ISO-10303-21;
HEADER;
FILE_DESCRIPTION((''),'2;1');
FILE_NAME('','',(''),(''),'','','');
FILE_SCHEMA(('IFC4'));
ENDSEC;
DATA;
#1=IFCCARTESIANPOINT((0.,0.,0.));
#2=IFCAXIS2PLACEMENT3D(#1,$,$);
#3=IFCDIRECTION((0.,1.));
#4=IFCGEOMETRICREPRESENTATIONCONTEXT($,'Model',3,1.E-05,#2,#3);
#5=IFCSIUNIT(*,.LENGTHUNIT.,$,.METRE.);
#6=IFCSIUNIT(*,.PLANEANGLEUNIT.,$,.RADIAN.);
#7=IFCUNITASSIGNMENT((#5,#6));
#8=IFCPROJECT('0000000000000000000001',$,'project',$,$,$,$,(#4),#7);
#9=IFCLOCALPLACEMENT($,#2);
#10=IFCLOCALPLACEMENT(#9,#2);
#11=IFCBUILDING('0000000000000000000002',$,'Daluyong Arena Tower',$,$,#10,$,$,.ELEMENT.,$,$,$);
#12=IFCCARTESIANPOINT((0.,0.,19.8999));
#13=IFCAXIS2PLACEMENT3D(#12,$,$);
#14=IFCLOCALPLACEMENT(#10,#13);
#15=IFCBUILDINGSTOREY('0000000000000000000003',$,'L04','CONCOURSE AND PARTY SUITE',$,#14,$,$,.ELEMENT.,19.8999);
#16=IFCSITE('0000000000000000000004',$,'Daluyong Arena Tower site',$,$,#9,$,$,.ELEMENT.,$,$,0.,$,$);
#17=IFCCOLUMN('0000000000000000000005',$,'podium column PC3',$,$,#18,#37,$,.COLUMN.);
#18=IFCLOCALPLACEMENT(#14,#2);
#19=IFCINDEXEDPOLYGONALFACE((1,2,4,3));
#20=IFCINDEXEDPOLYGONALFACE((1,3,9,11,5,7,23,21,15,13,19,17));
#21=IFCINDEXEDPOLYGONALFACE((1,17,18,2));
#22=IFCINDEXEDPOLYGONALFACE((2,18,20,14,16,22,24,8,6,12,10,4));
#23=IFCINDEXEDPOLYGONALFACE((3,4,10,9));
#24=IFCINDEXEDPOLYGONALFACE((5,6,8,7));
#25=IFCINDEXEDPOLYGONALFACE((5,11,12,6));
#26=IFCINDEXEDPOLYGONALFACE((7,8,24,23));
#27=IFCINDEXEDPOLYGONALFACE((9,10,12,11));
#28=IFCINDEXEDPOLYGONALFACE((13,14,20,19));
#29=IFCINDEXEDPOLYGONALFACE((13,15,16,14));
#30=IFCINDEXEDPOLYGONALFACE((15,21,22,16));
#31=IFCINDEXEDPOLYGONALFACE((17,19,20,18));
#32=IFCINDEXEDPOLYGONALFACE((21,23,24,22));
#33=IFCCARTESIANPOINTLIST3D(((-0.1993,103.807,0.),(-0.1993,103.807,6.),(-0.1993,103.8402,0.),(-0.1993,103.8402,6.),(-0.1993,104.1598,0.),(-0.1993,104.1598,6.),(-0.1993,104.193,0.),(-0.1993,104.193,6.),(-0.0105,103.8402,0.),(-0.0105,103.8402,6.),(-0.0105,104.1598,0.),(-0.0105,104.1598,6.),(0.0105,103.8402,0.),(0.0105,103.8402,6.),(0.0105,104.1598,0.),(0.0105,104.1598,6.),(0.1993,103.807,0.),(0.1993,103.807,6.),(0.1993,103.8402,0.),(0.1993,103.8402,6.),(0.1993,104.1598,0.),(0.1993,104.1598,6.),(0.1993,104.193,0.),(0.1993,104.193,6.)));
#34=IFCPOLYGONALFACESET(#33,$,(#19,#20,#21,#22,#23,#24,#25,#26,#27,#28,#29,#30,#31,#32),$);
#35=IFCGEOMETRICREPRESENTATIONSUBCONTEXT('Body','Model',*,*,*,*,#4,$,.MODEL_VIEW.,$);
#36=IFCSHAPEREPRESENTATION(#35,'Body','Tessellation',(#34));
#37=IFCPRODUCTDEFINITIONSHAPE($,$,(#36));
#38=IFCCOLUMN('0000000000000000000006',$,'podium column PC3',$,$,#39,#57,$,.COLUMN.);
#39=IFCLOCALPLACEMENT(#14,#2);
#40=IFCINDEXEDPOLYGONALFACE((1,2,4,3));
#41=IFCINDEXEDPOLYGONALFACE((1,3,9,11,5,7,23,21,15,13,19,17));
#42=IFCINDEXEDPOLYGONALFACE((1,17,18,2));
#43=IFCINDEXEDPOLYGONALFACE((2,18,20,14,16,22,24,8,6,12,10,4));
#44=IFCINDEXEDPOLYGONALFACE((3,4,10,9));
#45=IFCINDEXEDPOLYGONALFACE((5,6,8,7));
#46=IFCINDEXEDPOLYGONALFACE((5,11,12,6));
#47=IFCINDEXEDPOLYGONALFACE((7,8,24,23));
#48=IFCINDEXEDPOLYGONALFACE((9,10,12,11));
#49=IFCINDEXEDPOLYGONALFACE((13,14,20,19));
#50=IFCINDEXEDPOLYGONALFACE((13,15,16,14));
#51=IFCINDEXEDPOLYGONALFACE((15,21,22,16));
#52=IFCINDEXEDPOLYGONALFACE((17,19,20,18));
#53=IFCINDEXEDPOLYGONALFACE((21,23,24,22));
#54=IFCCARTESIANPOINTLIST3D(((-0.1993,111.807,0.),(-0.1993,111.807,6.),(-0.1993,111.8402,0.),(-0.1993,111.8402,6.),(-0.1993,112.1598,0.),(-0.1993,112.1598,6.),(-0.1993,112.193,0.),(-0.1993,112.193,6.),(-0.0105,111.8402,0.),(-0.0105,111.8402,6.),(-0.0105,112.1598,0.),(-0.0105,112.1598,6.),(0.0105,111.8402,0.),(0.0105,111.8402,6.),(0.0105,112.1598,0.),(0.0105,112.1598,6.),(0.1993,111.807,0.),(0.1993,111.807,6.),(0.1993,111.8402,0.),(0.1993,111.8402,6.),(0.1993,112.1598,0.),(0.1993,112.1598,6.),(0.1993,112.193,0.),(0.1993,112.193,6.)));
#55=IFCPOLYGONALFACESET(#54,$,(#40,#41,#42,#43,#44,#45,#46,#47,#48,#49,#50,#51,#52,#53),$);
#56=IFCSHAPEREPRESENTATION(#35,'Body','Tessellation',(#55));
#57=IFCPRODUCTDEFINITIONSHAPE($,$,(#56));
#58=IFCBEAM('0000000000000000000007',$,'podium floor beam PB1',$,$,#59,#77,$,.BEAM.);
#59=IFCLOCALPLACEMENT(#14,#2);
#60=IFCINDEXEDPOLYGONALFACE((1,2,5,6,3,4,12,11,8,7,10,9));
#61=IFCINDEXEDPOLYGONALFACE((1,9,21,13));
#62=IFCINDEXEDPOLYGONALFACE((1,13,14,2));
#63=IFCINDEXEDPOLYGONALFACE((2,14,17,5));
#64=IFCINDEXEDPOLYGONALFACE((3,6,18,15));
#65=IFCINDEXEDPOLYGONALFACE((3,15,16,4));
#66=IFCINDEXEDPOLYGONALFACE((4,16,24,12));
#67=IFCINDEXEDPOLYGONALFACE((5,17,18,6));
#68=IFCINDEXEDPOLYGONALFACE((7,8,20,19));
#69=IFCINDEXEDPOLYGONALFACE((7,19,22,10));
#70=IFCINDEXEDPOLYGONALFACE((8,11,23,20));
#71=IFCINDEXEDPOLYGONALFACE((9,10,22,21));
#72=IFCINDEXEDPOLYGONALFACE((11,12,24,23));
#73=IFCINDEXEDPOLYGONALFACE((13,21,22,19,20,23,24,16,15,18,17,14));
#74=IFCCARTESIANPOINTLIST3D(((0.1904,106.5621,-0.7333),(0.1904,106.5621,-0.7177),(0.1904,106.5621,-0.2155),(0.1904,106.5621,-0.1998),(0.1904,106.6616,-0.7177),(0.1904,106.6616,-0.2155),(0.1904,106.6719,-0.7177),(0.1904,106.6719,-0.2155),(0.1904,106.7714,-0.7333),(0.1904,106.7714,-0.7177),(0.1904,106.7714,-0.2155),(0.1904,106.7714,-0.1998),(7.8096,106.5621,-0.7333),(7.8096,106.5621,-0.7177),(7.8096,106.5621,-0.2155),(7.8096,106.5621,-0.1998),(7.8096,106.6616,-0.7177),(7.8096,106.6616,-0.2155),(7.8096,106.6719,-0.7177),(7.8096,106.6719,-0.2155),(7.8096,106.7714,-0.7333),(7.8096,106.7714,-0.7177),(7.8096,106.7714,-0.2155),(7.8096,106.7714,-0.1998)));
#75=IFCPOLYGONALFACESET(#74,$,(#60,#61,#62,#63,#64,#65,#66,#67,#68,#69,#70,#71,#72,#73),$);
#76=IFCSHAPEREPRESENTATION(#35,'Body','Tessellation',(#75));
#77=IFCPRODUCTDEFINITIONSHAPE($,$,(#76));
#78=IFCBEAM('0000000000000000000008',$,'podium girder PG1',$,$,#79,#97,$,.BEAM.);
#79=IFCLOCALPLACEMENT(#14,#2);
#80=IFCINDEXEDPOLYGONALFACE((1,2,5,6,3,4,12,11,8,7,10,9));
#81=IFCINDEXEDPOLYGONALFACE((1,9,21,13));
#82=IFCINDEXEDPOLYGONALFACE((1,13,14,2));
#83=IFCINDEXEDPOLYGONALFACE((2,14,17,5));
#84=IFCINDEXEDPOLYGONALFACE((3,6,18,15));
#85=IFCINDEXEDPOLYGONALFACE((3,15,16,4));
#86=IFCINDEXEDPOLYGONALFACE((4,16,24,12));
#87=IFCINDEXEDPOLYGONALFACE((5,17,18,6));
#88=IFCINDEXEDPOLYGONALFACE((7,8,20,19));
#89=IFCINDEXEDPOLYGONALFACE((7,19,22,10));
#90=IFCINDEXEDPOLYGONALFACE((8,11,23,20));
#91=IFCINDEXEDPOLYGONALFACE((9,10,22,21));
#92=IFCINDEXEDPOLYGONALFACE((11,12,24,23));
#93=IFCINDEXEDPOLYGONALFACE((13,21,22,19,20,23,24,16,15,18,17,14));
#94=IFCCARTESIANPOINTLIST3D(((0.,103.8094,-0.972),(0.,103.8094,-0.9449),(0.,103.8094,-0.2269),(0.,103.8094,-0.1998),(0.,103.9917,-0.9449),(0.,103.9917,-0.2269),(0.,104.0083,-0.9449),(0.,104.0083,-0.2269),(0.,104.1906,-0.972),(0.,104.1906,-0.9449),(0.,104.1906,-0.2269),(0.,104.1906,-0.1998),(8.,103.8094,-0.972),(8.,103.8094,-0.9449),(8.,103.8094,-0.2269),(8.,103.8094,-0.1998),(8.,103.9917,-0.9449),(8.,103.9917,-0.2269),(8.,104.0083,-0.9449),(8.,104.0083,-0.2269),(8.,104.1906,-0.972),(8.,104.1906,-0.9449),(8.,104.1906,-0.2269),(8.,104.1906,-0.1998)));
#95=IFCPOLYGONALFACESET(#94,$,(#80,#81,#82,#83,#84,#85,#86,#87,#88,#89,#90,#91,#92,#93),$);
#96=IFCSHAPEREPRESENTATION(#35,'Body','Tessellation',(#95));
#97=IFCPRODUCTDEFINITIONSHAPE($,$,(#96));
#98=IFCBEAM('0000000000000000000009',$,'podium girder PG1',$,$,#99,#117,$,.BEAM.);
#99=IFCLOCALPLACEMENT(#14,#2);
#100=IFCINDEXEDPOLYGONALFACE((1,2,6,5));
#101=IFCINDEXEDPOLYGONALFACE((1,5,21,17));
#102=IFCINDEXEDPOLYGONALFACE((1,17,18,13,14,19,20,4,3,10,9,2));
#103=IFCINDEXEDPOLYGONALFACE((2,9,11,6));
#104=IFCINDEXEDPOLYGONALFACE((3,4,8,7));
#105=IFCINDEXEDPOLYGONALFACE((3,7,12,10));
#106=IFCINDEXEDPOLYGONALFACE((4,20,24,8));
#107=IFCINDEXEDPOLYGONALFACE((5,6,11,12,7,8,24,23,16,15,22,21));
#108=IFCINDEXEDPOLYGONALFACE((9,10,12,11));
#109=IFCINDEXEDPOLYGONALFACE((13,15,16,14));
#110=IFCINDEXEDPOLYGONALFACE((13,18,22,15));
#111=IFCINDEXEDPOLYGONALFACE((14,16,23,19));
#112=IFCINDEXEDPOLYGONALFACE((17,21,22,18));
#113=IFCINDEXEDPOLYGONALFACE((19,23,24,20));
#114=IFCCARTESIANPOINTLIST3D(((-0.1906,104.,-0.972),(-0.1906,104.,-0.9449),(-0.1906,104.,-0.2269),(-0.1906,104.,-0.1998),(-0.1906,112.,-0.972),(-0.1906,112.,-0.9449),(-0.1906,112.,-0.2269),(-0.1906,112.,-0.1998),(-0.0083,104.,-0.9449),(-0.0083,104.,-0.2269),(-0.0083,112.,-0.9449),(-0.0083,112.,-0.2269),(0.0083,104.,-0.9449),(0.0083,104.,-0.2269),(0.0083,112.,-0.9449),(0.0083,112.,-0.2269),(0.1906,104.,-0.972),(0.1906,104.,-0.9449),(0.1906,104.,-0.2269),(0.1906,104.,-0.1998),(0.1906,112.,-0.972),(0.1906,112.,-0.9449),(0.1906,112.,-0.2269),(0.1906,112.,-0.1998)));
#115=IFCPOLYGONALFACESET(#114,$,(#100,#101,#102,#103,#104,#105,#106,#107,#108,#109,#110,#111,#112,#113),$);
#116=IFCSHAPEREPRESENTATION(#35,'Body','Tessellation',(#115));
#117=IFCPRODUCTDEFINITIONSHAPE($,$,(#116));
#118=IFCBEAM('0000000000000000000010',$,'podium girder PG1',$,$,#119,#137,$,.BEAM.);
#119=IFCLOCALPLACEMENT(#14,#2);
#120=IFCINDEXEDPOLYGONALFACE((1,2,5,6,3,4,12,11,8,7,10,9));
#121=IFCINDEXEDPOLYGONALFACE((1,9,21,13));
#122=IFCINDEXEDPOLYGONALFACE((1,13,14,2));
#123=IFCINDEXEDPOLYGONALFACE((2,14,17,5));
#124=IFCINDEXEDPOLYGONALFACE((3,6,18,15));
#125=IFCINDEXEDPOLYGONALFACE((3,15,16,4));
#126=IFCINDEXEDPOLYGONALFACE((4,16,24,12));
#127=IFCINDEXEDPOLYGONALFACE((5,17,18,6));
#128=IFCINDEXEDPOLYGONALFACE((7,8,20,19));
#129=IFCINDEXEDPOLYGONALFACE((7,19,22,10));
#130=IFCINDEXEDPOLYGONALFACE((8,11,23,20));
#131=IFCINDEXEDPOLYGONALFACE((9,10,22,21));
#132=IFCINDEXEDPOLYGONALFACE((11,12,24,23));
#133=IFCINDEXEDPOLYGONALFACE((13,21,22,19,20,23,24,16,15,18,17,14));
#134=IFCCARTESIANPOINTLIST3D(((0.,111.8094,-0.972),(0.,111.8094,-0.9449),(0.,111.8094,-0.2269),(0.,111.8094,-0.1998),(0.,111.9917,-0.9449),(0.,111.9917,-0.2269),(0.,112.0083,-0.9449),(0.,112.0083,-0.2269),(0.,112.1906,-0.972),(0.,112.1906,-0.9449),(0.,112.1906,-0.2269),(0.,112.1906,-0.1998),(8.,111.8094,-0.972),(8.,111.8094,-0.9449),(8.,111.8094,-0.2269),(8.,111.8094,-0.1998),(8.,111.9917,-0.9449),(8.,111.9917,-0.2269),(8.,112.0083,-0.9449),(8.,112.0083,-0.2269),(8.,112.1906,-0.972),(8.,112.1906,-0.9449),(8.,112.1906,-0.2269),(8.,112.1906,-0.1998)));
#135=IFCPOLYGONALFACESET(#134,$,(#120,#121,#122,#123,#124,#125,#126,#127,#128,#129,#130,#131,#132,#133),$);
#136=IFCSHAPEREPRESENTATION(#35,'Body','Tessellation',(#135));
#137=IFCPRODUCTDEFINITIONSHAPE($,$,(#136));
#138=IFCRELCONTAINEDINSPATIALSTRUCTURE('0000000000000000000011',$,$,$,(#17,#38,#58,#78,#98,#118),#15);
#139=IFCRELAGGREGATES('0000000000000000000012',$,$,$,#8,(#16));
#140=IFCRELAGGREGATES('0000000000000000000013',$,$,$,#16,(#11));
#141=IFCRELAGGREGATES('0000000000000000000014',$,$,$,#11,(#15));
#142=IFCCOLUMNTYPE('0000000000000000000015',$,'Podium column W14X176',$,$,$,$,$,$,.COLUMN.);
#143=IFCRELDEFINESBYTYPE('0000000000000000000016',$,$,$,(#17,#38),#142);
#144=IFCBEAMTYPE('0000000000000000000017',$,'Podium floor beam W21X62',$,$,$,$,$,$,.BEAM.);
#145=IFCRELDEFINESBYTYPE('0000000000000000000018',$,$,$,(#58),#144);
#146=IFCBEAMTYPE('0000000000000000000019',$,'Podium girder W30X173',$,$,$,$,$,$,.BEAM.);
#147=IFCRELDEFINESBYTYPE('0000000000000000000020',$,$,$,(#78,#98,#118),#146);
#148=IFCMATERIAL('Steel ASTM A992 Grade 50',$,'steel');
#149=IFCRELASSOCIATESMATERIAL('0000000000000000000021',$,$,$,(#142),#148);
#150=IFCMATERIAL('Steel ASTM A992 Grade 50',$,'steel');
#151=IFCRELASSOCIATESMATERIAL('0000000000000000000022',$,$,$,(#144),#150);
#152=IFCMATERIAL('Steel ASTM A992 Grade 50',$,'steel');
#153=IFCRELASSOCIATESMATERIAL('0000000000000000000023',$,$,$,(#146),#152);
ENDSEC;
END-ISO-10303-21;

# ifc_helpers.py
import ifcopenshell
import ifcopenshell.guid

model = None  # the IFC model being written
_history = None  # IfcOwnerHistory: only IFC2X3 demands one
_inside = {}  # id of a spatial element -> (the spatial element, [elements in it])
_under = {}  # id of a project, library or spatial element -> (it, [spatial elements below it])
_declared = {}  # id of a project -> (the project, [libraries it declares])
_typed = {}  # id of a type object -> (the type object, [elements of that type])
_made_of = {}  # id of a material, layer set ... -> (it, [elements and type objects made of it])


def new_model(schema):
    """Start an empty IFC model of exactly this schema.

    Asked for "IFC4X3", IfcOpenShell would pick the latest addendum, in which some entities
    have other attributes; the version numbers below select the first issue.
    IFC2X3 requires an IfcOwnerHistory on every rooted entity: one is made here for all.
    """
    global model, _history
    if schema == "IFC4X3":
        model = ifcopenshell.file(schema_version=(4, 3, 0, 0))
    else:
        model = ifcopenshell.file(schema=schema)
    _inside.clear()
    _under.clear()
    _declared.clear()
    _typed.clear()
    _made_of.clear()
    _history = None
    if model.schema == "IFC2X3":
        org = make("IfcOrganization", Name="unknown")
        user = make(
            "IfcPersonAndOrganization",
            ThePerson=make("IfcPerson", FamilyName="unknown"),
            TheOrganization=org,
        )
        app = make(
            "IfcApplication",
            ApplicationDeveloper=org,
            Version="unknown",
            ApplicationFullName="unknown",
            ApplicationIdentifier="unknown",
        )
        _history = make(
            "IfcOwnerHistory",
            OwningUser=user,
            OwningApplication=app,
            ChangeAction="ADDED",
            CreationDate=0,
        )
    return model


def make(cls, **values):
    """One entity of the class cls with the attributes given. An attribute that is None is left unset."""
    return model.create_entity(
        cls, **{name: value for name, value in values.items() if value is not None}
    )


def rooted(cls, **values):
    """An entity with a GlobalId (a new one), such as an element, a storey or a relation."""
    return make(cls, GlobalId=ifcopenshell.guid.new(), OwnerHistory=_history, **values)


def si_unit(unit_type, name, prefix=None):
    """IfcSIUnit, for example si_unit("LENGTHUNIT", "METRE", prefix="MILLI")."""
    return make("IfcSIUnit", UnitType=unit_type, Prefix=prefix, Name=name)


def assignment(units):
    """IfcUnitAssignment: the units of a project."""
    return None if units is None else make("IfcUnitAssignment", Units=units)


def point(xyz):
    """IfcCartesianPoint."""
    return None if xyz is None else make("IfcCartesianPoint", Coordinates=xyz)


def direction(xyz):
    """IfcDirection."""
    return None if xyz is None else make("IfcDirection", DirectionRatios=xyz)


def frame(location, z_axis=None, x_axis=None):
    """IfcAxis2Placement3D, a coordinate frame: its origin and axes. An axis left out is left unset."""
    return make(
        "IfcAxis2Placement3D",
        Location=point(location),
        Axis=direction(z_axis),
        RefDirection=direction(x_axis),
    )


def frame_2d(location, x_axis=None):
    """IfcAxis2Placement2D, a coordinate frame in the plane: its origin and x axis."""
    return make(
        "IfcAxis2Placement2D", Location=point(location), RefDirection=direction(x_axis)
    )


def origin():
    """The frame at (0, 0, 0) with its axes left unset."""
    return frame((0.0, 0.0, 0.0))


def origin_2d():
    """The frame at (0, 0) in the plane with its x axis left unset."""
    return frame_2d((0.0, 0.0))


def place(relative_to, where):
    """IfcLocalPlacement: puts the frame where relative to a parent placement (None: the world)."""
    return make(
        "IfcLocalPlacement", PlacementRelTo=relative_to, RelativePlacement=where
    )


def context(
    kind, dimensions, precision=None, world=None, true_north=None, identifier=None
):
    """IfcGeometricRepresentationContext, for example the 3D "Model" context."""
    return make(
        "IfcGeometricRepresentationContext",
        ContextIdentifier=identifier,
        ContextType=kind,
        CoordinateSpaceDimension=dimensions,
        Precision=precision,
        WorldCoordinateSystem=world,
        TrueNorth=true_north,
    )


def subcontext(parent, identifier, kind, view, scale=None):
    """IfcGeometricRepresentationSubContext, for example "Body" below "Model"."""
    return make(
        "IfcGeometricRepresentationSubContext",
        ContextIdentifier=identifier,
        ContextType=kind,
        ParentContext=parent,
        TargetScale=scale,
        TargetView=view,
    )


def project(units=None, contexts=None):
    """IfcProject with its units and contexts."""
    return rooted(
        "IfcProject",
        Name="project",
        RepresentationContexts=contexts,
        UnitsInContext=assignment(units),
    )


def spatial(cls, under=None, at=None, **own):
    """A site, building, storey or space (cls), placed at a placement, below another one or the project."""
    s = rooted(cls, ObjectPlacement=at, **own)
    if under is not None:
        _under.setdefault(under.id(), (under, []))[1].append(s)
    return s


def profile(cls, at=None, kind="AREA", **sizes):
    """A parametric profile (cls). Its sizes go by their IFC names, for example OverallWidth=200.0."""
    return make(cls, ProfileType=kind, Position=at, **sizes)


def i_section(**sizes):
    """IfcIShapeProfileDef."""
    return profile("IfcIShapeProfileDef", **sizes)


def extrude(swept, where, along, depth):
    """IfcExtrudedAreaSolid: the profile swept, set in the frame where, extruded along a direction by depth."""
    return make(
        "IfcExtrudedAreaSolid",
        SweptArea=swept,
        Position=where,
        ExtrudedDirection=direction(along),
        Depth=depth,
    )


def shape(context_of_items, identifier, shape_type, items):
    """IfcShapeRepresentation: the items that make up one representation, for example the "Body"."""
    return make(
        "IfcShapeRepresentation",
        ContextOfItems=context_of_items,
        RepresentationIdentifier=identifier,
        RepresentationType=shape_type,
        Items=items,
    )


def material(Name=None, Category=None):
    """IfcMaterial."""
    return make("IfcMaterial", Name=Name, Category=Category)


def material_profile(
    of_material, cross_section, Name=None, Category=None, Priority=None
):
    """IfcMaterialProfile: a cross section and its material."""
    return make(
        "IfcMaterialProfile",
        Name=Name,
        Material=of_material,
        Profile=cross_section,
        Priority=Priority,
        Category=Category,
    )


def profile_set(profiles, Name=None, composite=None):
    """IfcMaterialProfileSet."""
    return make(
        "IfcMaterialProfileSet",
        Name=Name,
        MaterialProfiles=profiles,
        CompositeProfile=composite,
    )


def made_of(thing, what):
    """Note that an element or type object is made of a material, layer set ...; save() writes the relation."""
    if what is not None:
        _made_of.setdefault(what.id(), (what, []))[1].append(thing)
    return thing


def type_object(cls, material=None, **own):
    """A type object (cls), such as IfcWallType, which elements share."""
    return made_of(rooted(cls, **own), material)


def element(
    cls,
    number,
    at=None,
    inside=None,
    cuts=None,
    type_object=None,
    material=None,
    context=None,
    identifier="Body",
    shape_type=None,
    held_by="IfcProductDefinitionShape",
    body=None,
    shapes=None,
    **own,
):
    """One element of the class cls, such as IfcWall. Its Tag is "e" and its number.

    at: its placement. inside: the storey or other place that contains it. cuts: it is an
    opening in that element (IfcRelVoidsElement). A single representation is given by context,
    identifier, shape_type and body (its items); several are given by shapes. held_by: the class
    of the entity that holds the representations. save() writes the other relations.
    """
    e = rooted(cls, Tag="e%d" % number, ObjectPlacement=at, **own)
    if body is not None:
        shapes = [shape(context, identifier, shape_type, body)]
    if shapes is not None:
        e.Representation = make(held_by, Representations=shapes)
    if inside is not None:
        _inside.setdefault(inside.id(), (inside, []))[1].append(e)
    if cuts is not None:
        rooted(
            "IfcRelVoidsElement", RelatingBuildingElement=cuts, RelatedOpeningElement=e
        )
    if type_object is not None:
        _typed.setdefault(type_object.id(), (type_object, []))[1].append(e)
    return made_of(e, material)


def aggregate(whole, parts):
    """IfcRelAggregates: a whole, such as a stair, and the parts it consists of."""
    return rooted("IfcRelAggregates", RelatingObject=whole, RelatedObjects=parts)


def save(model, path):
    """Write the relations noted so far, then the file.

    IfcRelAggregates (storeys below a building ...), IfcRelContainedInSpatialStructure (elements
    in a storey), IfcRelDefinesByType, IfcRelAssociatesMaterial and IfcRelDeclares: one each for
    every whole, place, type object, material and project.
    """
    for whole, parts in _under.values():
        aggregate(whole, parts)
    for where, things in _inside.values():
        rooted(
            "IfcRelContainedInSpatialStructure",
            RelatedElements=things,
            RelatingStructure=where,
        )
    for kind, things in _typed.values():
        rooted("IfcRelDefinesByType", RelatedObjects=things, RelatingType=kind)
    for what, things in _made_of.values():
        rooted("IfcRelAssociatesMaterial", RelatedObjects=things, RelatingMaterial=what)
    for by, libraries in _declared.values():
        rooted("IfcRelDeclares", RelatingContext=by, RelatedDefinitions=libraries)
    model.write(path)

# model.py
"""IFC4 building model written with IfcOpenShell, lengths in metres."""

from ifc_helpers import new_model, si_unit, direction, frame, origin, origin_2d, place, context, subcontext, project, spatial, i_section, extrude, material, material_profile, profile_set, type_object, element, save


model = new_model("IFC4")

# Units and contexts
model_context = context("Model", 3, precision=1e-05, world=origin(), true_north=direction((0.0, 1.0)))
body_context = subcontext(model_context, "Body", "Model", "MODEL_VIEW")
ifc_project = project(units=[si_unit("LENGTHUNIT", "METRE"), si_unit("PLANEANGLEUNIT", "RADIAN")], contexts=[model_context])

# Site, building, storey
site_placement = place(None, origin())
site = spatial("IfcSite", under=ifc_project, at=site_placement, Name="Daluyong Arena Tower site", CompositionType="ELEMENT", RefElevation=0.0)
building_placement = place(site_placement, origin())
building = spatial("IfcBuilding", under=site, at=building_placement, Name="Daluyong Arena Tower", CompositionType="ELEMENT")
storey_placement = place(building_placement, frame((0.0, 0.0, 19.8999)))
storey = spatial("IfcBuildingStorey", under=building, at=storey_placement, Name="L04", Description="CONCOURSE AND PARTY SUITE", CompositionType="ELEMENT", Elevation=19.8999)

# Columns
ifc_material_1 = material(Name="Steel ASTM A992 Grade 50", Category="steel")
ifc_material_profile_1 = material_profile(ifc_material_1, i_section(OverallWidth=0.3987, OverallDepth=0.386, WebThickness=0.021, FlangeThickness=0.0332, at=origin_2d()))
ifc_profile_set_1 = profile_set([ifc_material_profile_1], Name="Steel ASTM A992 Grade 50")
column_type = type_object("IfcColumnType", Name="Podium column W14X176", PredefinedType="COLUMN", material=ifc_profile_set_1)
for number, where, z_axis, x_axis, name in (
    (1, (0.0, 104.0, 0.0), (0.0, 0.0, 1.0), (1.0, 0.0, 0.0), "podium column PC3"),
    (2, (0.0, 112.0, 0.0), (0.0, 0.0, 1.0), (1.0, 0.0, 0.0), "podium column PC3"),
):
    element("IfcColumn", number, at=place(storey_placement, frame(where, z_axis=z_axis, x_axis=x_axis)), inside=storey, type_object=column_type, Name=name, PredefinedType="COLUMN", context=body_context, shape_type="SweptSolid", body=[
        extrude(i_section(OverallWidth=0.3987, OverallDepth=0.386, WebThickness=0.021, FlangeThickness=0.0332, at=origin_2d()), origin(), (0.0, 0.0, 1.0), 6.0),
    ])

# Beams
ifc_material_2 = material(Name="Steel ASTM A992 Grade 50", Category="steel")
ifc_material_profile_2 = material_profile(ifc_material_2, i_section(OverallWidth=0.2092, OverallDepth=0.5334, WebThickness=0.0103, FlangeThickness=0.0156, at=origin_2d()))
ifc_profile_set_2 = profile_set([ifc_material_profile_2], Name="Steel ASTM A992 Grade 50")
beam_type_1 = type_object("IfcBeamType", Name="Podium floor beam W21X62", PredefinedType="BEAM", material=ifc_profile_set_2)
beam_placement = place(storey_placement, frame((0.1904, 106.6667, -0.4666), z_axis=(1.0, 0.0, 0.0), x_axis=(0.0, 1.0, 0.0)))
element("IfcBeam", 3, at=beam_placement, inside=storey, type_object=beam_type_1, Name="podium floor beam PB1", PredefinedType="BEAM", context=body_context, shape_type="SweptSolid", body=[
    extrude(i_section(OverallWidth=0.2092, OverallDepth=0.5334, WebThickness=0.0103, FlangeThickness=0.0156, at=origin_2d()), origin(), (0.0, 0.0, 1.0), 7.6191),
])
ifc_material_3 = material(Name="Steel ASTM A992 Grade 50", Category="steel")
ifc_material_profile_3 = material_profile(ifc_material_3, i_section(OverallWidth=0.3811, OverallDepth=0.7722, WebThickness=0.0166, FlangeThickness=0.0271, at=origin_2d()))
ifc_profile_set_3 = profile_set([ifc_material_profile_3], Name="Steel ASTM A992 Grade 50")
beam_type_2 = type_object("IfcBeamType", Name="Podium girder W30X173", PredefinedType="BEAM", material=ifc_profile_set_3)
for number, where, z_axis, x_axis, name in (
    (4, (0.0, 104.0, -0.5859), (1.0, 0.0, 0.0), (0.0, 1.0, 0.0), "podium girder PG1"),
    (5, (0.0, 104.0, -0.5859), (0.0, 1.0, 0.0), (-1.0, 0.0, 0.0), "podium girder PG1"),
    (6, (0.0, 112.0, -0.5859), (1.0, 0.0, 0.0), (0.0, 1.0, 0.0), "podium girder PG1"),
):
    element("IfcBeam", number, at=place(storey_placement, frame(where, z_axis=z_axis, x_axis=x_axis)), inside=storey, type_object=beam_type_2, Name=name, PredefinedType="BEAM", context=body_context, shape_type="SweptSolid", body=[
        extrude(i_section(OverallWidth=0.3811, OverallDepth=0.7722, WebThickness=0.0166, FlangeThickness=0.0271, at=origin_2d()), origin(), (0.0, 0.0, 1.0), 8.0),
    ])

save(model, "model.ifc")
